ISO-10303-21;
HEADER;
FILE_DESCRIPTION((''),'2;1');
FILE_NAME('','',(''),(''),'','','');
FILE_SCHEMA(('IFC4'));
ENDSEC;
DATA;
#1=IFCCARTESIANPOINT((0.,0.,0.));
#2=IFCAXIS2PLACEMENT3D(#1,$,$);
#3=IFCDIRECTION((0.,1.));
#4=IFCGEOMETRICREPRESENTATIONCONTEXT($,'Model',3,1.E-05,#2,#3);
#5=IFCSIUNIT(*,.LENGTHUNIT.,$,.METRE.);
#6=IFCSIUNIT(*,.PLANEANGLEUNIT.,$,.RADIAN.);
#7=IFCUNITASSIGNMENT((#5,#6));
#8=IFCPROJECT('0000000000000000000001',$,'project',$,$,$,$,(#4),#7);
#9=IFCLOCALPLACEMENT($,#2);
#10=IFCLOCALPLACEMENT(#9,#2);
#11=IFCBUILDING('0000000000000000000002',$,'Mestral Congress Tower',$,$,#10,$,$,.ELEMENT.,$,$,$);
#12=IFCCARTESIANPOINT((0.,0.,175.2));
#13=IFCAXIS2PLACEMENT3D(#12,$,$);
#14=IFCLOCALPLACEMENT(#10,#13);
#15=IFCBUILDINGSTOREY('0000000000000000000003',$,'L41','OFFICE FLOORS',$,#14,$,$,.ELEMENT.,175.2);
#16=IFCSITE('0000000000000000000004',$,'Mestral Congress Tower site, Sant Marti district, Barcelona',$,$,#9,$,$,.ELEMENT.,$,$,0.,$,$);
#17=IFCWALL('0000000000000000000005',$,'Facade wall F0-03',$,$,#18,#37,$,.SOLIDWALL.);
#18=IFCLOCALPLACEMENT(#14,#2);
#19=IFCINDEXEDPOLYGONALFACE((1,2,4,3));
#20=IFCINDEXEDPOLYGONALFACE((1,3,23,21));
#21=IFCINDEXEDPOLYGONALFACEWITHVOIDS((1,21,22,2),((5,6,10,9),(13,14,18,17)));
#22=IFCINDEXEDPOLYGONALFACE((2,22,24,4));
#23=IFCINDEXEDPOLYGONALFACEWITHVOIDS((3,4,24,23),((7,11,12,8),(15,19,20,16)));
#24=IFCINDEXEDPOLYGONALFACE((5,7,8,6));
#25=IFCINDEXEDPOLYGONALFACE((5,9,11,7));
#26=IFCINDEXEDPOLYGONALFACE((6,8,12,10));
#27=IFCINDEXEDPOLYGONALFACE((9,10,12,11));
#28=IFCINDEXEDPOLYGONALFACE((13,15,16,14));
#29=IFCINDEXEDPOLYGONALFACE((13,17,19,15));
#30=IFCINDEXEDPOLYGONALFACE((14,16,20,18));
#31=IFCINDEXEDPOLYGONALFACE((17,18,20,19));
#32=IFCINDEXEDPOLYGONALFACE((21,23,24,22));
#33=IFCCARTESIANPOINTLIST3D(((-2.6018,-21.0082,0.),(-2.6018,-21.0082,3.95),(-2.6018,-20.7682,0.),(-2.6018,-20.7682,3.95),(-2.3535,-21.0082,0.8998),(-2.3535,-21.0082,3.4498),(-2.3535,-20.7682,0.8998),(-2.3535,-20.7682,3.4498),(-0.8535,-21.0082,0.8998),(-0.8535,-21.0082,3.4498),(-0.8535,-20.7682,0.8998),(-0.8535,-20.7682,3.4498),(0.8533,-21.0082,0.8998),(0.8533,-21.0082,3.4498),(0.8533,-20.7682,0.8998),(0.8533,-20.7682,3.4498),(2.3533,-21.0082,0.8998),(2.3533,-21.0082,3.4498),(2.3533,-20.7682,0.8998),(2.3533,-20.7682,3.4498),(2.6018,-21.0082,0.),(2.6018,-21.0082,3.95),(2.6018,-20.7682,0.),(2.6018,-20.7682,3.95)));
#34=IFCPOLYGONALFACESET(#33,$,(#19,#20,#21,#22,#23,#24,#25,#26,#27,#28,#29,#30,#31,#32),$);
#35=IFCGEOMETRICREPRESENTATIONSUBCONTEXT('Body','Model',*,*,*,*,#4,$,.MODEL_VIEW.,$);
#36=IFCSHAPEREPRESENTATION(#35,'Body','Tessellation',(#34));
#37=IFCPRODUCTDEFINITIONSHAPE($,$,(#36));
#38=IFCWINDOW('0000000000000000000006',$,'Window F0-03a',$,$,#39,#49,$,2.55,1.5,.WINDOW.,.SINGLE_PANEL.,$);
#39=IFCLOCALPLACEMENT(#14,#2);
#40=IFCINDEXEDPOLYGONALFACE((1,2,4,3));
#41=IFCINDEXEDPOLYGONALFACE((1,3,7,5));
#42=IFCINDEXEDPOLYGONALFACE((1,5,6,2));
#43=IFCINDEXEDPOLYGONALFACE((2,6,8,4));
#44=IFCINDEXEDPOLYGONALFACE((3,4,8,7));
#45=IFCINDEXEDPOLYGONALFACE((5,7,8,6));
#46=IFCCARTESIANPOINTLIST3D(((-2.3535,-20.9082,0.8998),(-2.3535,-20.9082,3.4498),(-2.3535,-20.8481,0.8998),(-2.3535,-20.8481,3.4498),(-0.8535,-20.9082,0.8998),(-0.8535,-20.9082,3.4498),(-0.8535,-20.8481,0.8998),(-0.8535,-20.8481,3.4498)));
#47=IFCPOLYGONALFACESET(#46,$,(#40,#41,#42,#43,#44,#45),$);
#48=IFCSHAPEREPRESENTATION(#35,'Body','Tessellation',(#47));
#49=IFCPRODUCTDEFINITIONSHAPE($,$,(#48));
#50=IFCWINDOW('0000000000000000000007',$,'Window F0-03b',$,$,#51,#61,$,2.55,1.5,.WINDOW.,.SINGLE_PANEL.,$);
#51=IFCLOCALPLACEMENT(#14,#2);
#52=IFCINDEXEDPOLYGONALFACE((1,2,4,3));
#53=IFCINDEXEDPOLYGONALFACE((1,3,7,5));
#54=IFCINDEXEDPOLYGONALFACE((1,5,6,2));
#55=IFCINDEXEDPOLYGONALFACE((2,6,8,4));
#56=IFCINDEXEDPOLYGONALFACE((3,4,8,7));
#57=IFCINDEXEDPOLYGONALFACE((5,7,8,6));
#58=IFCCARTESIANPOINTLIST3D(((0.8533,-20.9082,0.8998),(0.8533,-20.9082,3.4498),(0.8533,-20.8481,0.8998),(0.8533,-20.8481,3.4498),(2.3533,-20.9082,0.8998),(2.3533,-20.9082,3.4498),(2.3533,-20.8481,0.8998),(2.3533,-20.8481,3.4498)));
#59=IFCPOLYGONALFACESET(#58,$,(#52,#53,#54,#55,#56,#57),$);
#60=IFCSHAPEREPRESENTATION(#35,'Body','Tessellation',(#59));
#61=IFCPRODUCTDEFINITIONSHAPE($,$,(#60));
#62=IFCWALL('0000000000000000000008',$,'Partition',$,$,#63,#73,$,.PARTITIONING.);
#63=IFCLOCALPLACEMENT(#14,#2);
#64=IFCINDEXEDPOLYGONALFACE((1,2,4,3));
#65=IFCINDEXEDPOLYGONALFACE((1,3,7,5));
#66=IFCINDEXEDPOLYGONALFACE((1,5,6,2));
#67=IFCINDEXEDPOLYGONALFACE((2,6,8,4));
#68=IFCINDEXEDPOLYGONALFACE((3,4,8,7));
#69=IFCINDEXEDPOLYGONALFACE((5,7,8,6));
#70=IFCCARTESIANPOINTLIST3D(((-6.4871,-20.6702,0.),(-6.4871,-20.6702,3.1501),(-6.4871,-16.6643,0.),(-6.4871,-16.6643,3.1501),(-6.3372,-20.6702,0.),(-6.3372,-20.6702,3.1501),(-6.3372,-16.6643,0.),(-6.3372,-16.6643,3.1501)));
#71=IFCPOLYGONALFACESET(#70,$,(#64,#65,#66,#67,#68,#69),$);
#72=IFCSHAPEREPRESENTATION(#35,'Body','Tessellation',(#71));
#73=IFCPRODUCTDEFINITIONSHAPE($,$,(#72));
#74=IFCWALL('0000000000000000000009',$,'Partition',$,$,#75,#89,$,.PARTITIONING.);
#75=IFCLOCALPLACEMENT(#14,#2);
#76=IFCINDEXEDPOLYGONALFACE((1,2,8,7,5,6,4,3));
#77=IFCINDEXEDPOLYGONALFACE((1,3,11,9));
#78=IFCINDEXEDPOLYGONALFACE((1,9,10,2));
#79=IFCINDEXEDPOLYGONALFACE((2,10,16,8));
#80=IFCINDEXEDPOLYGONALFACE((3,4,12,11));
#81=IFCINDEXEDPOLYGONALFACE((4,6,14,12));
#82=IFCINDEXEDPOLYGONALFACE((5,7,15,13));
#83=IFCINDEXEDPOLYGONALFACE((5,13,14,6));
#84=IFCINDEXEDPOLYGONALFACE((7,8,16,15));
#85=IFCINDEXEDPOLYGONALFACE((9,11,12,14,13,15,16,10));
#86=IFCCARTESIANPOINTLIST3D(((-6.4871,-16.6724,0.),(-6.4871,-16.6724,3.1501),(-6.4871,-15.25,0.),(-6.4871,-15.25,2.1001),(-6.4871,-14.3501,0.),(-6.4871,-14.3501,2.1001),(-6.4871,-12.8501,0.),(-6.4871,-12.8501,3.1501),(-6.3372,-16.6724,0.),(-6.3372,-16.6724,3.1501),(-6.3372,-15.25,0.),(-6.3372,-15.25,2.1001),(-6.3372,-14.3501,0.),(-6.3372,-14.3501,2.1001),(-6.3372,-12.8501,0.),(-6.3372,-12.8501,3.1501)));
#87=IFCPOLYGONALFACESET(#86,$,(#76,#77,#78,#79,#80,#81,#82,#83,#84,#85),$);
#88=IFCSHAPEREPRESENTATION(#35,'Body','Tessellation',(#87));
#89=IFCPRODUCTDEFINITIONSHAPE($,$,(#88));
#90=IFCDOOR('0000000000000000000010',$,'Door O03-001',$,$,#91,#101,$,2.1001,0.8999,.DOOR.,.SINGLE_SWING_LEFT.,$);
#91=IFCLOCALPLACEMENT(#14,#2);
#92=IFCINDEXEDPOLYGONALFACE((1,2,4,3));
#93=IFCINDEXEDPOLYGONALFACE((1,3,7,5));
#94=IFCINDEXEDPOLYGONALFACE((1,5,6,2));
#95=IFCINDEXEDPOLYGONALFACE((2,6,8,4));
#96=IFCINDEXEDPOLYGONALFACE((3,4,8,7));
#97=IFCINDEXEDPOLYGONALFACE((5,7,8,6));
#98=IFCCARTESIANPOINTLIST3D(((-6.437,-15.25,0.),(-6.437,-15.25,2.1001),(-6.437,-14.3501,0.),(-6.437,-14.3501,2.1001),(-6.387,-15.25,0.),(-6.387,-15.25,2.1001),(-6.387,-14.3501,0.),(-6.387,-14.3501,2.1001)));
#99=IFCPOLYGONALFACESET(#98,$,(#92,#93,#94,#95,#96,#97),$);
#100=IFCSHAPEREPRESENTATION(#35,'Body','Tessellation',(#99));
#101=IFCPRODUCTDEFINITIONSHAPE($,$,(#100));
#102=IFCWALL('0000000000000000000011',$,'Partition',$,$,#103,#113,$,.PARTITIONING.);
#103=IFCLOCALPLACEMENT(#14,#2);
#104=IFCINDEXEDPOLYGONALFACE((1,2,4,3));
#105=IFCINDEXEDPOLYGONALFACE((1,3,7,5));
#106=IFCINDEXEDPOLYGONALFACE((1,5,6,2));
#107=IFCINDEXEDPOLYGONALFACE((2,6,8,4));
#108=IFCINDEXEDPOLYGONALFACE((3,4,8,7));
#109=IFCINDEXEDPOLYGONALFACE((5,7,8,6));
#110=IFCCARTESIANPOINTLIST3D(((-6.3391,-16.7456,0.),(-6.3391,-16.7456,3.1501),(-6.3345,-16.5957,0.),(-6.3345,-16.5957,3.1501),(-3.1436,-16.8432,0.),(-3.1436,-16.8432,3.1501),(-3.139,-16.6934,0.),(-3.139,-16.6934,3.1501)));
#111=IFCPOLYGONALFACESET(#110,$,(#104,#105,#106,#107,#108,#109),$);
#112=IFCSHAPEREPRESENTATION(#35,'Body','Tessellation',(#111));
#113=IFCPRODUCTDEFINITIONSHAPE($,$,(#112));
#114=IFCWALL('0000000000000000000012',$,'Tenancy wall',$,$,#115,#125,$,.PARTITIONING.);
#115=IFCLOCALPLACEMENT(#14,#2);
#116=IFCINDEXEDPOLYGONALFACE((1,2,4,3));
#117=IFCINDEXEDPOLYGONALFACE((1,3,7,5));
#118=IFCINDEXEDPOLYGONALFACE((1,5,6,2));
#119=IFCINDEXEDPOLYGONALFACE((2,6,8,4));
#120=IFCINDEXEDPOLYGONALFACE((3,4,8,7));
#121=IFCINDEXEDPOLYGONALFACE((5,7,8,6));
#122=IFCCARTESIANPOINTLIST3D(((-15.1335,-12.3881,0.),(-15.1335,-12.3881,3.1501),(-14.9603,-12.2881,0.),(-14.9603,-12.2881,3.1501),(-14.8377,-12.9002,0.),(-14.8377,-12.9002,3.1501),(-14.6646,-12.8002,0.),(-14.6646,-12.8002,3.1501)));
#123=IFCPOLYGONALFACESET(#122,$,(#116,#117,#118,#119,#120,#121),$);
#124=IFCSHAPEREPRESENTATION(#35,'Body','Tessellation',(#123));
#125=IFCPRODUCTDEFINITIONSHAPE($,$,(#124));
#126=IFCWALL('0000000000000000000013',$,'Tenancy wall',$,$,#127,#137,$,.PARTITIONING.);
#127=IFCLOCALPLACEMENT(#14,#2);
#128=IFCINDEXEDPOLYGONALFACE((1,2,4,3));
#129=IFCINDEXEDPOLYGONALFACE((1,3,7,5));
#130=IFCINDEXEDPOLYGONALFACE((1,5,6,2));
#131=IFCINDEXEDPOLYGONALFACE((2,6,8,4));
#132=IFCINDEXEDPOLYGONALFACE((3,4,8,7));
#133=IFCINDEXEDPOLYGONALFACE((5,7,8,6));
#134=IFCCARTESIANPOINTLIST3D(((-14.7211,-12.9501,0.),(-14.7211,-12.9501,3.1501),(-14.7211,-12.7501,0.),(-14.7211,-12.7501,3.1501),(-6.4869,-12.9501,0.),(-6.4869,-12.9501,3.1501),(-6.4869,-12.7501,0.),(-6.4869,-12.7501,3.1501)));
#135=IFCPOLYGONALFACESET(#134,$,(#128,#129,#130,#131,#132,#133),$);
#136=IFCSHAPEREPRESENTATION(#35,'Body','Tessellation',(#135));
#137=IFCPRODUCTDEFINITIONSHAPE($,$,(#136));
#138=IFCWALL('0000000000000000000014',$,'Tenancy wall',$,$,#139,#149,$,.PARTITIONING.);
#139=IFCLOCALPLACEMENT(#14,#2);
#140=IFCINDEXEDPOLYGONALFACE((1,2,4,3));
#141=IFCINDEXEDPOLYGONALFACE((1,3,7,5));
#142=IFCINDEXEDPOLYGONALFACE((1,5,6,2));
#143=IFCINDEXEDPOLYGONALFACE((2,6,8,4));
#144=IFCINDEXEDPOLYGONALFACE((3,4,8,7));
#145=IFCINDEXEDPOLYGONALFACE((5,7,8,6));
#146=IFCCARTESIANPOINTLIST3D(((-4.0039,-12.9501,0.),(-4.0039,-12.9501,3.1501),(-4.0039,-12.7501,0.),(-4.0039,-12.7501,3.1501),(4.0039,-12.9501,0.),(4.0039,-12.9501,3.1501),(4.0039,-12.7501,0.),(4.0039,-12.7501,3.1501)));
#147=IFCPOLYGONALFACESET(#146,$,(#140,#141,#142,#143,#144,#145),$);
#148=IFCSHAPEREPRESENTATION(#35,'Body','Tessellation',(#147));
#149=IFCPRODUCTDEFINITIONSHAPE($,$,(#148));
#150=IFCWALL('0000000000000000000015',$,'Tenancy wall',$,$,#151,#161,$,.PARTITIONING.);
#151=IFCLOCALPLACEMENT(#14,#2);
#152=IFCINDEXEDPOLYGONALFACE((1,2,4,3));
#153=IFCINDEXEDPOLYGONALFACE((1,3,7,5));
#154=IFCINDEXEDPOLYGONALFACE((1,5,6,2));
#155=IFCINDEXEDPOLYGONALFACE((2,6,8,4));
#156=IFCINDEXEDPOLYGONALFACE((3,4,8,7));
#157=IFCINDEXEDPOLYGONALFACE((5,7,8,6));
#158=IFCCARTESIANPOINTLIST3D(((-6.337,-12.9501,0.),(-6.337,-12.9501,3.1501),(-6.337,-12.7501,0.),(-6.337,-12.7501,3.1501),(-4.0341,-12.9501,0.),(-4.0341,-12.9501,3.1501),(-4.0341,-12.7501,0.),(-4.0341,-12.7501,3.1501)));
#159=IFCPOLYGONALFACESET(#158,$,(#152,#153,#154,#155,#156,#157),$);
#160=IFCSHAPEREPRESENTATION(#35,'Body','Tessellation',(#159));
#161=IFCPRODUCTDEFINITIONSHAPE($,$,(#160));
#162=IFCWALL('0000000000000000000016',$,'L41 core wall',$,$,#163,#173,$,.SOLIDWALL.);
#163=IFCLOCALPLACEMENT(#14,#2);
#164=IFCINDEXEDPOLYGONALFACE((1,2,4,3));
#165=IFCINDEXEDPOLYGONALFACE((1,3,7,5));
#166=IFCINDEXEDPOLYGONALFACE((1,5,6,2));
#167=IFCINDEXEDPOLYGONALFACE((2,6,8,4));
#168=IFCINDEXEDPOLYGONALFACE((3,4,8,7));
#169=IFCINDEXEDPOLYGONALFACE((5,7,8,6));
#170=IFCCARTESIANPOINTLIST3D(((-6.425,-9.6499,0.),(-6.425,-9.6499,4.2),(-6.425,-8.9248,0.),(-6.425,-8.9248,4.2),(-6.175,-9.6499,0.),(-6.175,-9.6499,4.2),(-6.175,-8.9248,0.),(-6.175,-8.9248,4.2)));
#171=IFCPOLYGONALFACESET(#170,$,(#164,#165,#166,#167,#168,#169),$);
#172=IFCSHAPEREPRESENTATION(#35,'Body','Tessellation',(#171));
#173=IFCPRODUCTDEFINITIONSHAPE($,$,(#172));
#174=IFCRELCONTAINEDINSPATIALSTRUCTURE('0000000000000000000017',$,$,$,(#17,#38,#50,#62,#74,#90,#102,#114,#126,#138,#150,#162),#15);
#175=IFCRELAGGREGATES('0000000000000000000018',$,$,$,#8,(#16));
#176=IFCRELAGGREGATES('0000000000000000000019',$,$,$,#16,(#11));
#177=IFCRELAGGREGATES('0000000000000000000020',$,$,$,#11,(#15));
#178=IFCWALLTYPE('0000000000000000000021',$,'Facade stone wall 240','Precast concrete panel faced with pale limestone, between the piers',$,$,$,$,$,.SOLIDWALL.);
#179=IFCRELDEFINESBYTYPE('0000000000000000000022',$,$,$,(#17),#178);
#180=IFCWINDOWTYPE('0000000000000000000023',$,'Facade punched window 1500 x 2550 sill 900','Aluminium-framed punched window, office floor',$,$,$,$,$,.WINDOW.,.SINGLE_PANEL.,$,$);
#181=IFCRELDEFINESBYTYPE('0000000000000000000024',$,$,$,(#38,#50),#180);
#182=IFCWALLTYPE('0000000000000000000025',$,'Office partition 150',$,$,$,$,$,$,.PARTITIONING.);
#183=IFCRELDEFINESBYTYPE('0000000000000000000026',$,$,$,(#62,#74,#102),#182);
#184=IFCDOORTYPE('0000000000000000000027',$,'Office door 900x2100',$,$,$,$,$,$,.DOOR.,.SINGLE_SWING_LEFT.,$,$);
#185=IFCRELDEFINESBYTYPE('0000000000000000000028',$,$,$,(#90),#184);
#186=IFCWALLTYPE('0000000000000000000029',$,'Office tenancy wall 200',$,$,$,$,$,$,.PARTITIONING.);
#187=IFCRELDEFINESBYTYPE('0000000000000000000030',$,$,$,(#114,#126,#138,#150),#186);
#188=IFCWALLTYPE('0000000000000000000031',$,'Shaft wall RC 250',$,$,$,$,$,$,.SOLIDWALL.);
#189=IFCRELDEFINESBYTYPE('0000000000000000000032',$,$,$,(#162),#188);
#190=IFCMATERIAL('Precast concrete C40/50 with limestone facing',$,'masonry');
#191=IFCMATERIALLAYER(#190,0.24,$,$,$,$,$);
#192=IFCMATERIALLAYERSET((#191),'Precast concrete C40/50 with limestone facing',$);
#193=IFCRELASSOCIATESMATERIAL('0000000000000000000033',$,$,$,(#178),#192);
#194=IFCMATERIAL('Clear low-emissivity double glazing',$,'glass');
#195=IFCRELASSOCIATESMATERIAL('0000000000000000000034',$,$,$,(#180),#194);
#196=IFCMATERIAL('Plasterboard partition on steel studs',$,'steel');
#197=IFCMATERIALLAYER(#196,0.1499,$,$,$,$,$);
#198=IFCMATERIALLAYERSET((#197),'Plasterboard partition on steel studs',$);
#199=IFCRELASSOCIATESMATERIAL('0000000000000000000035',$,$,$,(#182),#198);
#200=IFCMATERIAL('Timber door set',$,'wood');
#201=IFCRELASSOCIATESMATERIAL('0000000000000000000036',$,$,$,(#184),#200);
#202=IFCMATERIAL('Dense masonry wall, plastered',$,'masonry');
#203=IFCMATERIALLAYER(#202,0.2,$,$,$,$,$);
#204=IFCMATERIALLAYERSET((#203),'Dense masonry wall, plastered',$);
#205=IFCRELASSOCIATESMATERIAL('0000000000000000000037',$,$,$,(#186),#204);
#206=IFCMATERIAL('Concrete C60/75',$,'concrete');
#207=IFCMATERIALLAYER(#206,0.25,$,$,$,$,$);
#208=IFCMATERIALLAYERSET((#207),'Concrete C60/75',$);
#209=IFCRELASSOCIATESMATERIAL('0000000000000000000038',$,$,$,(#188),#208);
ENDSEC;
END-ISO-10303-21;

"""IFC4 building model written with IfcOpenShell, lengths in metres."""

from ifc_helpers import new_model, si_unit, direction, frame, frame_2d, origin, place, context, subcontext, project, spatial, rectangle, extrude, material, layer, layer_set, type_object, element, fill, save


model = new_model("IFC4")

# Units and contexts
model_context = context("Model", 3, precision=1e-05, world=origin(), true_north=direction((0.0, 1.0)))
body_context = subcontext(model_context, "Body", "Model", "MODEL_VIEW")
ifc_project = project(units=[si_unit("LENGTHUNIT", "METRE"), si_unit("PLANEANGLEUNIT", "RADIAN")], contexts=[model_context])

# Site, building, storey
site_placement = place(None, origin())
site = spatial("IfcSite", under=ifc_project, at=site_placement, Name="Mestral Congress Tower site, Sant Marti district, Barcelona", CompositionType="ELEMENT", RefElevation=0.0)
building_placement = place(site_placement, origin())
building = spatial("IfcBuilding", under=site, at=building_placement, Name="Mestral Congress Tower", CompositionType="ELEMENT")
storey_placement = place(building_placement, frame((0.0, 0.0, 175.2)))
storey = spatial("IfcBuildingStorey", under=building, at=storey_placement, Name="L41", Description="OFFICE FLOORS", CompositionType="ELEMENT", Elevation=175.2)

# Shared definitions
ifc_material_1 = material(Name="Concrete C60/75", Category="concrete")

# Wall, openings, windows
ifc_material_2 = material(Name="Precast concrete C40/50 with limestone facing", Category="masonry")
ifc_layer_1 = layer(ifc_material_2, 0.24)
ifc_layer_set_1 = layer_set([ifc_layer_1], Name="Precast concrete C40/50 with limestone facing")
wall_type_1 = type_object("IfcWallType", Name="Facade stone wall 240", Description="Precast concrete panel faced with pale limestone, between the piers", PredefinedType="SOLIDWALL", material=ifc_layer_set_1)
ifc_material_3 = material(Name="Clear low-emissivity double glazing", Category="glass")
window_type = type_object("IfcWindowType", Name="Facade punched window 1500 x 2550 sill 900", Description="Aluminium-framed punched window, office floor", PartitioningType="SINGLE_PANEL", PredefinedType="WINDOW", material=ifc_material_3)
wall_1_placement = place(storey_placement, frame((-2.6018, -20.8882, 0.0), z_axis=(0.0, 0.0, 1.0), x_axis=(1.0, 0.0, 0.0)))
wall_1 = element("IfcWall", 1, at=wall_1_placement, inside=storey, type_object=wall_type_1, Name="Facade wall F0-03", PredefinedType="SOLIDWALL", context=body_context, shape_type="SweptSolid", body=[
    extrude(rectangle(XDim=5.2036, YDim=0.24, at=frame_2d((2.6018, 0.0))), origin(), (0.0, 0.0, 1.0), 3.95),
])
opening_1_placement = place(wall_1_placement, frame((0.2483, 0.0, 0.8999)))
opening_1 = element("IfcOpeningElement", 2, at=opening_1_placement, cuts=wall_1, PredefinedType="OPENING", context=body_context, shape_type="SweptSolid", body=[
    extrude(rectangle(XDim=1.5, YDim=2.55, at=frame_2d((0.75, 1.2749))), frame((0.0, 0.1299, 0.0), z_axis=(0.0, -1.0, 0.0), x_axis=(1.0, 0.0, 0.0)), (0.0, 0.0, 1.0), 0.26),
])
opening_2_placement = place(wall_1_placement, frame((3.4551, 0.0, 0.8999)))
opening_2 = element("IfcOpeningElement", 3, at=opening_2_placement, cuts=wall_1, PredefinedType="OPENING", context=body_context, shape_type="SweptSolid", body=[
    extrude(rectangle(XDim=1.5, YDim=2.55, at=frame_2d((0.75, 1.2749))), frame((0.0, 0.1299, 0.0), z_axis=(0.0, -1.0, 0.0), x_axis=(1.0, 0.0, 0.0)), (0.0, 0.0, 1.0), 0.26),
])
window_1_placement = place(opening_1_placement, origin())
window_1 = element("IfcWindow", 4, at=window_1_placement, inside=storey, type_object=window_type, Name="Window F0-03a", OverallHeight=2.55, OverallWidth=1.5, PartitioningType="SINGLE_PANEL", PredefinedType="WINDOW", context=body_context, shape_type="SweptSolid", body=[
    extrude(rectangle(XDim=1.5, YDim=2.55, at=frame_2d((0.75, 1.2749))), frame((0.0, 0.04, 0.0), z_axis=(0.0, -1.0, 0.0), x_axis=(1.0, 0.0, 0.0)), (0.0, 0.0, 1.0), 0.0601),
])
fill(opening_1, window_1)
window_2_placement = place(opening_2_placement, origin())
window_2 = element("IfcWindow", 5, at=window_2_placement, inside=storey, type_object=window_type, Name="Window F0-03b", OverallHeight=2.55, OverallWidth=1.5, PartitioningType="SINGLE_PANEL", PredefinedType="WINDOW", context=body_context, shape_type="SweptSolid", body=[
    extrude(rectangle(XDim=1.5, YDim=2.55, at=frame_2d((0.75, 1.2749))), frame((0.0, 0.04, 0.0), z_axis=(0.0, -1.0, 0.0), x_axis=(1.0, 0.0, 0.0)), (0.0, 0.0, 1.0), 0.0601),
])
fill(opening_2, window_2)

# Wall
ifc_material_4 = material(Name="Plasterboard partition on steel studs", Category="steel")
ifc_layer_2 = layer(ifc_material_4, 0.1499)
ifc_layer_set_2 = layer_set([ifc_layer_2], Name="Plasterboard partition on steel studs")
wall_type_2 = type_object("IfcWallType", Name="Office partition 150", PredefinedType="PARTITIONING", material=ifc_layer_set_2)
wall_2_placement = place(storey_placement, frame((-6.4121, -16.6643, 0.0), z_axis=(0.0, 0.0, 1.0), x_axis=(0.0, -1.0, 0.0)))
element("IfcWall", 6, at=wall_2_placement, inside=storey, type_object=wall_type_2, Name="Partition", PredefinedType="PARTITIONING", context=body_context, shape_type="SweptSolid", body=[
    extrude(rectangle(XDim=4.0059, YDim=0.1499, at=frame_2d((2.0029, 0.0))), origin(), (0.0, 0.0, 1.0), 3.1501),
])

# Wall, opening, door
wall_3_placement = place(storey_placement, frame((-6.4121, -16.6724, 0.0), z_axis=(0.0, 0.0, 1.0), x_axis=(0.0, 1.0, 0.0)))
wall_3 = element("IfcWall", 7, at=wall_3_placement, inside=storey, type_object=wall_type_2, Name="Partition", PredefinedType="PARTITIONING", context=body_context, shape_type="SweptSolid", body=[
    extrude(rectangle(XDim=3.8223, YDim=0.1499, at=frame_2d((1.9111, 0.0))), origin(), (0.0, 0.0, 1.0), 3.1501),
])
opening_3_placement = place(wall_3_placement, frame((1.4224, 0.0, 0.0)))
opening_3 = element("IfcOpeningElement", 8, at=opening_3_placement, cuts=wall_3, PredefinedType="OPENING", context=body_context, shape_type="SweptSolid", body=[
    extrude(rectangle(XDim=0.8999, YDim=2.1001, at=frame_2d((0.45, 1.05))), frame((0.0, 0.085, 0.0), z_axis=(0.0, -1.0, 0.0), x_axis=(1.0, 0.0, 0.0)), (0.0, 0.0, 1.0), 0.1699),
])
ifc_material_5 = material(Name="Timber door set", Category="wood")
door_type = type_object("IfcDoorType", Name="Office door 900x2100", OperationType="SINGLE_SWING_LEFT", PredefinedType="DOOR", material=ifc_material_5)
door_placement = place(opening_3_placement, origin())
door = element("IfcDoor", 9, at=door_placement, inside=storey, type_object=door_type, Name="Door O03-001", OperationType="SINGLE_SWING_LEFT", OverallHeight=2.1001, OverallWidth=0.8999, PredefinedType="DOOR", context=body_context, shape_type="SweptSolid", body=[
    extrude(rectangle(XDim=0.8999, YDim=2.1001, at=frame_2d((0.45, 1.05))), frame((0.0, 0.0249, 0.0), z_axis=(0.0, -1.0, 0.0), x_axis=(1.0, 0.0, 0.0)), (0.0, 0.0, 1.0), 0.05),
])
fill(opening_3, door)

# Walls
wall_4_placement = place(storey_placement, frame((-6.3369, -16.6707, 0.0), z_axis=(0.0, 0.0, 1.0), x_axis=(0.999533, -0.030546, 0.0)))
element("IfcWall", 10, at=wall_4_placement, inside=storey, type_object=wall_type_2, Name="Partition", PredefinedType="PARTITIONING", context=body_context, shape_type="SweptSolid", body=[
    extrude(rectangle(XDim=3.197, YDim=0.1499, at=frame_2d((1.5986, 0.0))), origin(), (0.0, 0.0, 1.0), 3.1501),
])
ifc_material_6 = material(Name="Dense masonry wall, plastered", Category="masonry")
ifc_layer_3 = layer(ifc_material_6, 0.2)
ifc_layer_set_3 = layer_set([ifc_layer_3], Name="Dense masonry wall, plastered")
wall_type_3 = type_object("IfcWallType", Name="Office tenancy wall 200", PredefinedType="PARTITIONING", material=ifc_layer_set_3)
wall_5_placement = place(storey_placement, frame((-15.0469, -12.3381, 0.0), z_axis=(0.0, 0.0, 1.0), x_axis=(0.500092, -0.865972, 0.0)))
element("IfcWall", 11, at=wall_5_placement, inside=storey, type_object=wall_type_3, Name="Tenancy wall", PredefinedType="PARTITIONING", context=body_context, shape_type="SweptSolid", body=[
    extrude(rectangle(XDim=0.5913, YDim=0.2, at=frame_2d((0.2957, 0.0))), origin(), (0.0, 0.0, 1.0), 3.1501),
])
wall_6_placement = place(storey_placement, frame((-14.7212, -12.8501, 0.0), z_axis=(0.0, 0.0, 1.0), x_axis=(1.0, 0.0, 0.0)))
element("IfcWall", 12, at=wall_6_placement, inside=storey, type_object=wall_type_3, Name="Tenancy wall", PredefinedType="PARTITIONING", context=body_context, shape_type="SweptSolid", body=[
    extrude(rectangle(XDim=8.2341, YDim=0.2, at=frame_2d((4.1172, 0.0))), origin(), (0.0, 0.0, 1.0), 3.1501),
])
wall_7_placement = place(storey_placement, frame((-4.0039, -12.8501, 0.0), z_axis=(0.0, 0.0, 1.0), x_axis=(1.0, 0.0, 0.0)))
element("IfcWall", 13, at=wall_7_placement, inside=storey, type_object=wall_type_3, Name="Tenancy wall", PredefinedType="PARTITIONING", context=body_context, shape_type="SweptSolid", body=[
    extrude(rectangle(XDim=8.0078, YDim=0.2, at=frame_2d((4.0039, 0.0))), origin(), (0.0, 0.0, 1.0), 3.1501),
])
wall_8_placement = place(storey_placement, frame((-6.3369, -12.8501, 0.0), z_axis=(0.0, 0.0, 1.0), x_axis=(1.0, 0.0, 0.0)))
element("IfcWall", 14, at=wall_8_placement, inside=storey, type_object=wall_type_3, Name="Tenancy wall", PredefinedType="PARTITIONING", context=body_context, shape_type="SweptSolid", body=[
    extrude(rectangle(XDim=2.303, YDim=0.2, at=frame_2d((1.1514, 0.0))), origin(), (0.0, 0.0, 1.0), 3.1501),
])
ifc_layer_4 = layer(ifc_material_1, 0.25)
ifc_layer_set_4 = layer_set([ifc_layer_4], Name="Concrete C60/75")
wall_type_4 = type_object("IfcWallType", Name="Shaft wall RC 250", PredefinedType="SOLIDWALL", material=ifc_layer_set_4)
wall_9_placement = place(storey_placement, frame((-6.3, -8.9248, 0.0), z_axis=(0.0, 0.0, 1.0), x_axis=(0.0, -1.0, 0.0)))
element("IfcWall", 15, at=wall_9_placement, inside=storey, type_object=wall_type_4, Name="L41 core wall", PredefinedType="SOLIDWALL", context=body_context, shape_type="SweptSolid", body=[
    extrude(rectangle(XDim=0.7251, YDim=0.25, at=frame_2d((0.3625, 0.0))), origin(), (0.0, 0.0, 1.0), 4.2),
])

save(model, "model.ifc")
